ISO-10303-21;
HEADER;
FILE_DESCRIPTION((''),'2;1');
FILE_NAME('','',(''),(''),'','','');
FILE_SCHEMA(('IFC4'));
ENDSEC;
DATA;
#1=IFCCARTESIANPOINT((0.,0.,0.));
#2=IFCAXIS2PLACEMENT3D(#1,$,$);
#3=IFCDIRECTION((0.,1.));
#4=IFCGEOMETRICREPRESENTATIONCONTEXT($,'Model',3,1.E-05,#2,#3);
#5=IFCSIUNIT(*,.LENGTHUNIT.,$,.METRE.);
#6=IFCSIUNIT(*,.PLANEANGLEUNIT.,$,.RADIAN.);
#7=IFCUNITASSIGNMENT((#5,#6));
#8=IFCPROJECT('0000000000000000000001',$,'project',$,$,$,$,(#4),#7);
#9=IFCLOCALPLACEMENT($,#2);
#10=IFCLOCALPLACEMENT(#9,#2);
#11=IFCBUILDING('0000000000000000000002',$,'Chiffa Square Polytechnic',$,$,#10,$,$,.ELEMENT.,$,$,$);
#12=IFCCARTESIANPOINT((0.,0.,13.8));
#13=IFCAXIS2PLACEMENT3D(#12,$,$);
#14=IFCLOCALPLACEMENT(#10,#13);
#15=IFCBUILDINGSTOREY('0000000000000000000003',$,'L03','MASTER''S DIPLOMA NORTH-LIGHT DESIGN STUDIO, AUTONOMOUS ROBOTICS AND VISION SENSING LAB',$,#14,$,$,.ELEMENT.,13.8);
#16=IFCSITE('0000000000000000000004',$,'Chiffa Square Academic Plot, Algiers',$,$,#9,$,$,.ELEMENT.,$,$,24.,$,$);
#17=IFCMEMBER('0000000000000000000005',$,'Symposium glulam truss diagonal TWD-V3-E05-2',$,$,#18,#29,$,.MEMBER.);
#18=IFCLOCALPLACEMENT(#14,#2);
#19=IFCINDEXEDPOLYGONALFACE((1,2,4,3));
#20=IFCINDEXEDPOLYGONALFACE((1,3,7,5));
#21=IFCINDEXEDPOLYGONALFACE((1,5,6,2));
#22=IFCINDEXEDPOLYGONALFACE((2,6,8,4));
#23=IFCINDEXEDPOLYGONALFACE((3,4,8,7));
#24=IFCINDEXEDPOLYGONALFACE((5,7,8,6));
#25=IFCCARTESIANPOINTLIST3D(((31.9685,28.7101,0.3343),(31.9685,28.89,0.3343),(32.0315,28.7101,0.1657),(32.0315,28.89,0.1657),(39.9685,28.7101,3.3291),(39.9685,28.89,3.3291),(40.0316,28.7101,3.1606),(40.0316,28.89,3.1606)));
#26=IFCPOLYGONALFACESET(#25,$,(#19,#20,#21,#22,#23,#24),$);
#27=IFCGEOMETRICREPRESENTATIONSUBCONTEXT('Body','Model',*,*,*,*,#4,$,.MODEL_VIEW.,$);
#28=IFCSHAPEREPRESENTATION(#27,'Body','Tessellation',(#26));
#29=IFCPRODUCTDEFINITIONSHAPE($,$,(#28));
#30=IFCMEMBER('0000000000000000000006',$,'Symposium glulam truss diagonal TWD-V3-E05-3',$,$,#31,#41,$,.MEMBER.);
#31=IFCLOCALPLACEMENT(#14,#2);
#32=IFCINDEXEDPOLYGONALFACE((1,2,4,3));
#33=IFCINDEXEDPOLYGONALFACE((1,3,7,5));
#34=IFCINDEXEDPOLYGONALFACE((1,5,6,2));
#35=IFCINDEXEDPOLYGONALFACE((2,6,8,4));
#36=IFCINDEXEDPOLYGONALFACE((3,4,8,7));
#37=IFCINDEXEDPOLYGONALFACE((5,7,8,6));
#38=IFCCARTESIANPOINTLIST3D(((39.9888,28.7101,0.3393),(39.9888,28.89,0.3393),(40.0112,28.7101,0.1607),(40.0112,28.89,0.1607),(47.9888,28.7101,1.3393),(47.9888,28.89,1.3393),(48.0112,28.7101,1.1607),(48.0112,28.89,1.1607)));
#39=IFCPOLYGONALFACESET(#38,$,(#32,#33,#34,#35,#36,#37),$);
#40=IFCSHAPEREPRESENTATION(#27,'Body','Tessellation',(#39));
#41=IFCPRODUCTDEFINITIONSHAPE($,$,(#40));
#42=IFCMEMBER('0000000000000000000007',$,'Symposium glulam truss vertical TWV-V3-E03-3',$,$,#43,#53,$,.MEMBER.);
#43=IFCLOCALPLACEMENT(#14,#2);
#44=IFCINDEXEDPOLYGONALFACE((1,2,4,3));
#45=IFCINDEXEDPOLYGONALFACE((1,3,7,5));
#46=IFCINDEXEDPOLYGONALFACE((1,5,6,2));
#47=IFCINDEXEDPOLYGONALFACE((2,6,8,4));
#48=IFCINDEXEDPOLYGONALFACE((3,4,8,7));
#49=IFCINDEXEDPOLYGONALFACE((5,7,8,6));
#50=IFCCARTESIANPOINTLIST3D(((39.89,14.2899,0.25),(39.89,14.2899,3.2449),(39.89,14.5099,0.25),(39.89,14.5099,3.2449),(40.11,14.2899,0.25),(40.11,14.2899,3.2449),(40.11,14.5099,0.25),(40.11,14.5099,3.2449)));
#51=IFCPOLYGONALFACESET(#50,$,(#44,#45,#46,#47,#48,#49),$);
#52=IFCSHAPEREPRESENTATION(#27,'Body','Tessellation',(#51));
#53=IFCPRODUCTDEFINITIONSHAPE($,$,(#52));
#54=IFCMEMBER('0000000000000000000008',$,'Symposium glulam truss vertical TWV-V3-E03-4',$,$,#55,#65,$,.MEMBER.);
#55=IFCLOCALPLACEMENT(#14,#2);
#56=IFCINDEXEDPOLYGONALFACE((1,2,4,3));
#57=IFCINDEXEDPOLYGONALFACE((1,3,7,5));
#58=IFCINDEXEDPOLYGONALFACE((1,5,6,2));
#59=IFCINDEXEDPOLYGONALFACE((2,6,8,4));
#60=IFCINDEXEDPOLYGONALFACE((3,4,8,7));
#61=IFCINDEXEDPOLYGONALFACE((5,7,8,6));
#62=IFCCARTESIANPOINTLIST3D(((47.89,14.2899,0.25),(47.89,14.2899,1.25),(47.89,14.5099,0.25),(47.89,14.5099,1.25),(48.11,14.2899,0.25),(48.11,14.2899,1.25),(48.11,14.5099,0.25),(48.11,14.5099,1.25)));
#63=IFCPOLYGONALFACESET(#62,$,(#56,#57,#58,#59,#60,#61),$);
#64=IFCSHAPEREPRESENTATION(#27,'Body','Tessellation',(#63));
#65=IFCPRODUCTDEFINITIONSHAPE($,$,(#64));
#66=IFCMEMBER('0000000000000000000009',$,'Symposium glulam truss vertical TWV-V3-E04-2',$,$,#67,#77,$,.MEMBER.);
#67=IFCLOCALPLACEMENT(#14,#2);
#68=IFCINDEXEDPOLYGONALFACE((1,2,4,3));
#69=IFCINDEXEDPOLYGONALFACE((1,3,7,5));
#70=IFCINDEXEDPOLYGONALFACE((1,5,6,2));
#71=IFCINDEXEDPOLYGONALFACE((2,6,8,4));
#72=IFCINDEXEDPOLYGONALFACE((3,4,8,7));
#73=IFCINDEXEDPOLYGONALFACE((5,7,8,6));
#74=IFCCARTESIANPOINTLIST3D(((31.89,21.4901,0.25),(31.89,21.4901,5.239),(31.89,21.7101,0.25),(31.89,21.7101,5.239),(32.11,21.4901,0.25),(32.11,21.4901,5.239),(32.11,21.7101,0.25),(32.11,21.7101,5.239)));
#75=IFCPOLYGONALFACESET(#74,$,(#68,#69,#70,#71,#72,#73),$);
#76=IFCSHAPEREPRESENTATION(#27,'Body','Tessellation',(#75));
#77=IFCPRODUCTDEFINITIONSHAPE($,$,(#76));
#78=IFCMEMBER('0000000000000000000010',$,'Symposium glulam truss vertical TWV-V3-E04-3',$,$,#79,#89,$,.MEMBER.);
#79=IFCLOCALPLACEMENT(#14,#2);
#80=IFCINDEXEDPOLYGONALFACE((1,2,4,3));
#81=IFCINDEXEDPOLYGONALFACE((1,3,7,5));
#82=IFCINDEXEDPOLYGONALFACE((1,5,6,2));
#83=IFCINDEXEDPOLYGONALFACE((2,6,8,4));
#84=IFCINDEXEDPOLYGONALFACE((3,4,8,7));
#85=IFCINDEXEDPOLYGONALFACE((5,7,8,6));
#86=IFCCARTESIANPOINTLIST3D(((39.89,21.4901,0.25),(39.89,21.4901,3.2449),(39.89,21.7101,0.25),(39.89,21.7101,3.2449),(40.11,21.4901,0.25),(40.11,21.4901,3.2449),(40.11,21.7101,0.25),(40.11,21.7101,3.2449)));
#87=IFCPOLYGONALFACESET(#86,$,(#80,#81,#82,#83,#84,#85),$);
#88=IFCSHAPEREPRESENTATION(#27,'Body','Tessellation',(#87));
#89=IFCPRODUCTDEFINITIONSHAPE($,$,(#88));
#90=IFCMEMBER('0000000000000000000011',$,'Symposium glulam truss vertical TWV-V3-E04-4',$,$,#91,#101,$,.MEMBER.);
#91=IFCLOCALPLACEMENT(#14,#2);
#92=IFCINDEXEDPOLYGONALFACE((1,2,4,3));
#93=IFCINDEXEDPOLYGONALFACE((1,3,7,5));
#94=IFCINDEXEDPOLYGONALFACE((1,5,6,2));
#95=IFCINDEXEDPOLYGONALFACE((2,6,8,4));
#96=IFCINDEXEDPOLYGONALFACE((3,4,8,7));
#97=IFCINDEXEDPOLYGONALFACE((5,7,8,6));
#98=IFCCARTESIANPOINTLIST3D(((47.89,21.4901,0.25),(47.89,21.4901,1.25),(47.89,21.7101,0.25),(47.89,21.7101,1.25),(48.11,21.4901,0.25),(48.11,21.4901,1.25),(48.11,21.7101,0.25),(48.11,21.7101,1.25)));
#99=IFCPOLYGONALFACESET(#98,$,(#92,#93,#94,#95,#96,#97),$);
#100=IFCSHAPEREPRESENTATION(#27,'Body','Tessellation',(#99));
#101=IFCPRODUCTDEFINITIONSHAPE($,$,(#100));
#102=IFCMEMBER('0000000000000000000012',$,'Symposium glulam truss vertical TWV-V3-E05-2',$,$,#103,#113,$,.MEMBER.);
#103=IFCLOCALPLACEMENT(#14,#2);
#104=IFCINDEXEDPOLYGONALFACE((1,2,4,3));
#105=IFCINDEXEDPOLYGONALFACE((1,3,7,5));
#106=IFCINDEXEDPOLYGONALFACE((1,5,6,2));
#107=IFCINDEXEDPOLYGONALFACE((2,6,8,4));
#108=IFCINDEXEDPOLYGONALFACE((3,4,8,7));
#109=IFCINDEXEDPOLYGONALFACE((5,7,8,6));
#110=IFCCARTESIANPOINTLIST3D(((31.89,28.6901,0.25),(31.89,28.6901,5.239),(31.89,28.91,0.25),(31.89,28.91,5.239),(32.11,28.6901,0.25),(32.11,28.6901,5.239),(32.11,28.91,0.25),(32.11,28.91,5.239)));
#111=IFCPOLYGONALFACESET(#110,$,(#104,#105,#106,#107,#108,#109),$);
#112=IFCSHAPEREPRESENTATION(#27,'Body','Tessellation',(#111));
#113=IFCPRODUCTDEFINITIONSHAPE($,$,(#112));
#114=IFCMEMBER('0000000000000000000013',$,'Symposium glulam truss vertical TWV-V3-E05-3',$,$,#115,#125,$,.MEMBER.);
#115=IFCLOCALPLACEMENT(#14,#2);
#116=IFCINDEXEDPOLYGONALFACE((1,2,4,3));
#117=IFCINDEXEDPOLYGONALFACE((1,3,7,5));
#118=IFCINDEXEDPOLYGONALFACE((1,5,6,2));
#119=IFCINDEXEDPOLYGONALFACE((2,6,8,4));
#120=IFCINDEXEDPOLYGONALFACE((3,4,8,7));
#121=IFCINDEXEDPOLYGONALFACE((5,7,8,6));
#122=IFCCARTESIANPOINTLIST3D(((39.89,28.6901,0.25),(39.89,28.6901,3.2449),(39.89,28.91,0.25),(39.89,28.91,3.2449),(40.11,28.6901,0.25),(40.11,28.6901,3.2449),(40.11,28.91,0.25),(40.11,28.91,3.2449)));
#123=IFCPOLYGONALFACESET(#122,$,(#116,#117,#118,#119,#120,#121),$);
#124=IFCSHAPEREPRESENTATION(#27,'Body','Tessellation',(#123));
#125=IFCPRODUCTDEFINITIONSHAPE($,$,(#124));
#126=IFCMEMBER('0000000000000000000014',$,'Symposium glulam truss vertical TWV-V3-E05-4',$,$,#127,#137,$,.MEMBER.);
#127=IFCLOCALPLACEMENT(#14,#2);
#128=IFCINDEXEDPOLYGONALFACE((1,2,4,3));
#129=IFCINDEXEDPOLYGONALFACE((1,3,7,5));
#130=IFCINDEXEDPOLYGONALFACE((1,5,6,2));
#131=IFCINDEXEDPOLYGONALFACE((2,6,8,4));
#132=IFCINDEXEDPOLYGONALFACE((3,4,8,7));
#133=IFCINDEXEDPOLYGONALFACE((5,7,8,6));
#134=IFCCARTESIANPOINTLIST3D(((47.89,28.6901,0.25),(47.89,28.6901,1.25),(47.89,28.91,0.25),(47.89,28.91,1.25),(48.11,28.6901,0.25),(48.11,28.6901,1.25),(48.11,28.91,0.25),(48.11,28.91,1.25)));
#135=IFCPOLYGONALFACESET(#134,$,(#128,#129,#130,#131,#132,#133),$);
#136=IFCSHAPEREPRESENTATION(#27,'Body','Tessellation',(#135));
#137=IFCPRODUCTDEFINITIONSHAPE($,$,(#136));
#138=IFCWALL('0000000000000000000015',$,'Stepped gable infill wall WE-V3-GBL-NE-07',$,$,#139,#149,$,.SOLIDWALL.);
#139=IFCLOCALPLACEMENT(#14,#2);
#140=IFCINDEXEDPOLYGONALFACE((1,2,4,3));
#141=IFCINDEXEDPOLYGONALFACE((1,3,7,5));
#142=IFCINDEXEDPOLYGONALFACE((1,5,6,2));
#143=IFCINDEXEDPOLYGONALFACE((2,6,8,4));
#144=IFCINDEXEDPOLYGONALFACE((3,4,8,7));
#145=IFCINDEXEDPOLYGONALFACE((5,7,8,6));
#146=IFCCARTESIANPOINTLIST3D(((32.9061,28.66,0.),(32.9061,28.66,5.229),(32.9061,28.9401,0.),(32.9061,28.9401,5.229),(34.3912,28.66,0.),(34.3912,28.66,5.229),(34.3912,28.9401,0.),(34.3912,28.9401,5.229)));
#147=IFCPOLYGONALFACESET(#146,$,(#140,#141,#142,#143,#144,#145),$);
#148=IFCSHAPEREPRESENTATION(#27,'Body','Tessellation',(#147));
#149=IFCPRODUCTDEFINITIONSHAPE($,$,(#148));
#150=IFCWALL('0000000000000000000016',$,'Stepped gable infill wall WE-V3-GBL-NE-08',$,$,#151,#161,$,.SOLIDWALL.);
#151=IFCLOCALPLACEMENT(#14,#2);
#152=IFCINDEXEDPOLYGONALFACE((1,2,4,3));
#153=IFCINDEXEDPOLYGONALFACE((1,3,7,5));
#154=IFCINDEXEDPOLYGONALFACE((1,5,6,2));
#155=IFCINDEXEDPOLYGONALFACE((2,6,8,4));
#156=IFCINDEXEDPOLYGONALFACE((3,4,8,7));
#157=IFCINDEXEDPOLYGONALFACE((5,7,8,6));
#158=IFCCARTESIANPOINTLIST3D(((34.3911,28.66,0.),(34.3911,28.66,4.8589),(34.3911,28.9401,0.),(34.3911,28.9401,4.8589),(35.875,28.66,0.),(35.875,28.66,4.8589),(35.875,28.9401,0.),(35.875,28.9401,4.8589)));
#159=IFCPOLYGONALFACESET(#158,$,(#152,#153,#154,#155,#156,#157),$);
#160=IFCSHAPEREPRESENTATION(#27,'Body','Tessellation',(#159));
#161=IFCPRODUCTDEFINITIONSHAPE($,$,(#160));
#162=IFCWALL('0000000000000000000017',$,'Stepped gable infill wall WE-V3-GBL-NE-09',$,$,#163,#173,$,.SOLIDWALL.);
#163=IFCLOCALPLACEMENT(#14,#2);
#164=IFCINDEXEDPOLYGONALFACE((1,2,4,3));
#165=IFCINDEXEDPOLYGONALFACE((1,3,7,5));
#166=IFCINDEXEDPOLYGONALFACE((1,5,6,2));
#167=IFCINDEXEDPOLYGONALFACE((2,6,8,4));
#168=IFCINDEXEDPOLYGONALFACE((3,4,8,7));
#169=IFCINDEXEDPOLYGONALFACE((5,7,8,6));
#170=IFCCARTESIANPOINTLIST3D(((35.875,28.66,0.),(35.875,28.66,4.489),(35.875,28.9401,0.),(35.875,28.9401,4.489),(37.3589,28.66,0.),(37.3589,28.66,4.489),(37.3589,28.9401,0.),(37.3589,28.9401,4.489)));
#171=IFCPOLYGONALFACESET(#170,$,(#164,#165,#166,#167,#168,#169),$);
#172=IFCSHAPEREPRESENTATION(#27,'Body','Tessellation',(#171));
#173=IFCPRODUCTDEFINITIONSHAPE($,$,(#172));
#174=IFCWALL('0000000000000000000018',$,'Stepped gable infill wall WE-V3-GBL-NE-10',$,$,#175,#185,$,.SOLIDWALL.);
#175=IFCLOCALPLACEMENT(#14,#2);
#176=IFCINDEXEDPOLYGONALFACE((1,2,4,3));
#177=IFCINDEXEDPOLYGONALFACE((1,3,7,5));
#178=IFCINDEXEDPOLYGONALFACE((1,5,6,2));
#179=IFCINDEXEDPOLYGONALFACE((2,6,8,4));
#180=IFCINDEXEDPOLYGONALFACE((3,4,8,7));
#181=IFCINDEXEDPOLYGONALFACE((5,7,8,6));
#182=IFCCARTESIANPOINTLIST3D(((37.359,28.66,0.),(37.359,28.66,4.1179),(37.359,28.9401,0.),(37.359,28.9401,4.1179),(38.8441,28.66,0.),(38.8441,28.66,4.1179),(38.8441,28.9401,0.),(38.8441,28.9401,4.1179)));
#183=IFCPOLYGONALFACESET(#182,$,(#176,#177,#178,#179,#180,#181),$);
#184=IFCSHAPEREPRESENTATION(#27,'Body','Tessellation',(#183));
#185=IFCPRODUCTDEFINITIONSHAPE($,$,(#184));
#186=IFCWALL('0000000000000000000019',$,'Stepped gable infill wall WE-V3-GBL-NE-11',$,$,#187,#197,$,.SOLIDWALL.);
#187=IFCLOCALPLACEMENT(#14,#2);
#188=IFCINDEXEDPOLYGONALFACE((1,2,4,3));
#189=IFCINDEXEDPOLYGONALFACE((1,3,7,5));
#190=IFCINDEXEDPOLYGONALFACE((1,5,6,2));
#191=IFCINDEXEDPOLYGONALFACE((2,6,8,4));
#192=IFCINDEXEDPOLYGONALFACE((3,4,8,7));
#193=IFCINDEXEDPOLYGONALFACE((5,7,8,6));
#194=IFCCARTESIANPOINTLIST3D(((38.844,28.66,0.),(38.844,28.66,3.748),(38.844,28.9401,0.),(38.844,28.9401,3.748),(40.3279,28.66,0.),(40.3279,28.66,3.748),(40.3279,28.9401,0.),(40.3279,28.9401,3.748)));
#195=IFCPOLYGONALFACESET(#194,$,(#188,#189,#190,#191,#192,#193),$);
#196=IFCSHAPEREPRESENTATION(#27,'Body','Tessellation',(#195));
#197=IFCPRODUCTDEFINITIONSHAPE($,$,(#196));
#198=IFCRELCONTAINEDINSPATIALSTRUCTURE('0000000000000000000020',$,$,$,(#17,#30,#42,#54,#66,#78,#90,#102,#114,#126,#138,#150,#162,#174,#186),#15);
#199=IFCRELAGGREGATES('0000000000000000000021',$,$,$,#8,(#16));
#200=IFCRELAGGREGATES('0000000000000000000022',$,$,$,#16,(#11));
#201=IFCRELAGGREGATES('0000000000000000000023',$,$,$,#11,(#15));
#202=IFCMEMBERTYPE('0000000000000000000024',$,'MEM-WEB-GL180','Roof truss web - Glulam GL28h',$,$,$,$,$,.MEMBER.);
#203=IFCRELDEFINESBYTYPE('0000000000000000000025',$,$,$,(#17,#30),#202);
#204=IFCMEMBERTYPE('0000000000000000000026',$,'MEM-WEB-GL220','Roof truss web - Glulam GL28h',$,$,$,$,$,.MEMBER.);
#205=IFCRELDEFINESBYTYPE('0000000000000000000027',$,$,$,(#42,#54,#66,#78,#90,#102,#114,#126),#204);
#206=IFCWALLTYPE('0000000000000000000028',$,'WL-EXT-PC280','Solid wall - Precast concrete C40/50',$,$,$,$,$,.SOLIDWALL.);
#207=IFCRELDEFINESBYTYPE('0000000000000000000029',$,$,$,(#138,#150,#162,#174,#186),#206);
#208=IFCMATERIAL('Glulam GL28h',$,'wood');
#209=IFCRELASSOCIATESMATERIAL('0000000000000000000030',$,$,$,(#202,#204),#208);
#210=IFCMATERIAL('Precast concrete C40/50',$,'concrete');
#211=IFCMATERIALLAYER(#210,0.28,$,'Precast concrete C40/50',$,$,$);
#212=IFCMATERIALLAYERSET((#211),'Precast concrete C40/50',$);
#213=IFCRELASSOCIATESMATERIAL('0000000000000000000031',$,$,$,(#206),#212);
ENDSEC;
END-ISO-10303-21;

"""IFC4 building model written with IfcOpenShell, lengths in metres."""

from ifc_helpers import new_model, si_unit, direction, frame, frame_2d, origin, origin_2d, place, context, subcontext, project, spatial, rectangle, extrude, material, layer, layer_set, material_profile, profile_set, type_object, element, save


model = new_model("IFC4")

# Units and contexts
model_context = context("Model", 3, precision=1e-05, world=origin(), true_north=direction((0.0, 1.0)))
body_context = subcontext(model_context, "Body", "Model", "MODEL_VIEW")
ifc_project = project(units=[si_unit("LENGTHUNIT", "METRE"), si_unit("PLANEANGLEUNIT", "RADIAN")], contexts=[model_context])

# Site, building, storey
site_placement = place(None, origin())
site = spatial("IfcSite", under=ifc_project, at=site_placement, Name="Chiffa Square Academic Plot, Algiers", CompositionType="ELEMENT", RefElevation=24.0)
building_placement = place(site_placement, origin())
building = spatial("IfcBuilding", under=site, at=building_placement, Name="Chiffa Square Polytechnic", CompositionType="ELEMENT")
storey_placement = place(building_placement, frame((0.0, 0.0, 13.8)))
storey = spatial("IfcBuildingStorey", under=building, at=storey_placement, Name="L03", Description="MASTER'S DIPLOMA NORTH-LIGHT DESIGN STUDIO, AUTONOMOUS ROBOTICS AND VISION SENSING LAB", CompositionType="ELEMENT", Elevation=13.8)

# Members
ifc_material_1 = material(Name="Glulam GL28h", Category="wood")
ifc_material_profile_1 = material_profile(ifc_material_1, rectangle(XDim=0.1799, YDim=0.1799, at=origin_2d()), Name="GL28h 180x180")
ifc_profile_set_1 = profile_set([ifc_material_profile_1], Name="Glulam GL28h")
member_type_1 = type_object("IfcMemberType", Name="MEM-WEB-GL180", Description="Roof truss web - Glulam GL28h", PredefinedType="MEMBER", material=ifc_profile_set_1)
member_1_placement = place(storey_placement, frame((32.0, 28.8, 0.25), z_axis=(0.936526, 0.0, 0.350597), x_axis=(0.0, 1.0, 0.0)))
element("IfcMember", 1, at=member_1_placement, inside=storey, type_object=member_type_1, Name="Symposium glulam truss diagonal TWD-V3-E05-2", PredefinedType="MEMBER", context=body_context, shape_type="SweptSolid", body=[
    extrude(rectangle(XDim=0.1799, YDim=0.1799, at=origin_2d()), origin(), (0.0, 0.0, 1.0), 8.5422),
])
member_2_placement = place(storey_placement, frame((40.0, 28.8, 0.25), z_axis=(0.992278, 0.0, 0.124035), x_axis=(0.0, 1.0, 0.0)))
element("IfcMember", 2, at=member_2_placement, inside=storey, type_object=member_type_1, Name="Symposium glulam truss diagonal TWD-V3-E05-3", PredefinedType="MEMBER", context=body_context, shape_type="SweptSolid", body=[
    extrude(rectangle(XDim=0.1799, YDim=0.1799, at=origin_2d()), origin(), (0.0, 0.0, 1.0), 8.0623),
])
ifc_material_profile_2 = material_profile(ifc_material_1, rectangle(XDim=0.22, YDim=0.22, at=origin_2d()), Name="GL28h 220x220")
ifc_profile_set_2 = profile_set([ifc_material_profile_2], Name="Glulam GL28h")
member_type_2 = type_object("IfcMemberType", Name="MEM-WEB-GL220", Description="Roof truss web - Glulam GL28h", PredefinedType="MEMBER", material=ifc_profile_set_2)
member_3_placement = place(storey_placement, frame((40.0, 14.3999, 0.25), z_axis=(0.0, 0.0, 1.0), x_axis=(1.0, 0.0, 0.0)))
element("IfcMember", 3, at=member_3_placement, inside=storey, type_object=member_type_2, Name="Symposium glulam truss vertical TWV-V3-E03-3", PredefinedType="MEMBER", context=body_context, shape_type="SweptSolid", body=[
    extrude(rectangle(XDim=0.22, YDim=0.22, at=origin_2d()), origin(), (0.0, 0.0, 1.0), 2.9949),
])
member_4_placement = place(storey_placement, frame((48.0, 14.3999, 0.25), z_axis=(0.0, 0.0, 1.0), x_axis=(1.0, 0.0, 0.0)))
element("IfcMember", 4, at=member_4_placement, inside=storey, type_object=member_type_2, Name="Symposium glulam truss vertical TWV-V3-E03-4", PredefinedType="MEMBER", context=body_context, shape_type="SweptSolid", body=[
    extrude(rectangle(XDim=0.22, YDim=0.22, at=origin_2d()), origin(), (0.0, 0.0, 1.0), 1.0),
])
member_5_placement = place(storey_placement, frame((32.0, 21.6001, 0.25), z_axis=(0.0, 0.0, 1.0), x_axis=(1.0, 0.0, 0.0)))
element("IfcMember", 5, at=member_5_placement, inside=storey, type_object=member_type_2, Name="Symposium glulam truss vertical TWV-V3-E04-2", PredefinedType="MEMBER", context=body_context, shape_type="SweptSolid", body=[
    extrude(rectangle(XDim=0.22, YDim=0.22, at=origin_2d()), origin(), (0.0, 0.0, 1.0), 4.989),
])
member_6_placement = place(storey_placement, frame((40.0, 21.6001, 0.25), z_axis=(0.0, 0.0, 1.0), x_axis=(1.0, 0.0, 0.0)))
element("IfcMember", 6, at=member_6_placement, inside=storey, type_object=member_type_2, Name="Symposium glulam truss vertical TWV-V3-E04-3", PredefinedType="MEMBER", context=body_context, shape_type="SweptSolid", body=[
    extrude(rectangle(XDim=0.22, YDim=0.22, at=origin_2d()), origin(), (0.0, 0.0, 1.0), 2.9949),
])
member_7_placement = place(storey_placement, frame((48.0, 21.6001, 0.25), z_axis=(0.0, 0.0, 1.0), x_axis=(1.0, 0.0, 0.0)))
element("IfcMember", 7, at=member_7_placement, inside=storey, type_object=member_type_2, Name="Symposium glulam truss vertical TWV-V3-E04-4", PredefinedType="MEMBER", context=body_context, shape_type="SweptSolid", body=[
    extrude(rectangle(XDim=0.22, YDim=0.22, at=origin_2d()), origin(), (0.0, 0.0, 1.0), 1.0),
])
member_8_placement = place(storey_placement, frame((32.0, 28.8, 0.25), z_axis=(0.0, 0.0, 1.0), x_axis=(1.0, 0.0, 0.0)))
element("IfcMember", 8, at=member_8_placement, inside=storey, type_object=member_type_2, Name="Symposium glulam truss vertical TWV-V3-E05-2", PredefinedType="MEMBER", context=body_context, shape_type="SweptSolid", body=[
    extrude(rectangle(XDim=0.22, YDim=0.22, at=origin_2d()), origin(), (0.0, 0.0, 1.0), 4.989),
])
member_9_placement = place(storey_placement, frame((40.0, 28.8, 0.25), z_axis=(0.0, 0.0, 1.0), x_axis=(1.0, 0.0, 0.0)))
element("IfcMember", 9, at=member_9_placement, inside=storey, type_object=member_type_2, Name="Symposium glulam truss vertical TWV-V3-E05-3", PredefinedType="MEMBER", context=body_context, shape_type="SweptSolid", body=[
    extrude(rectangle(XDim=0.22, YDim=0.22, at=origin_2d()), origin(), (0.0, 0.0, 1.0), 2.9949),
])
member_10_placement = place(storey_placement, frame((48.0, 28.8, 0.25), z_axis=(0.0, 0.0, 1.0), x_axis=(1.0, 0.0, 0.0)))
element("IfcMember", 10, at=member_10_placement, inside=storey, type_object=member_type_2, Name="Symposium glulam truss vertical TWV-V3-E05-4", PredefinedType="MEMBER", context=body_context, shape_type="SweptSolid", body=[
    extrude(rectangle(XDim=0.22, YDim=0.22, at=origin_2d()), origin(), (0.0, 0.0, 1.0), 1.0),
])

# Walls
ifc_material_2 = material(Name="Precast concrete C40/50", Category="concrete")
ifc_layer = layer(ifc_material_2, 0.28, Name="Precast concrete C40/50")
ifc_layer_set = layer_set([ifc_layer], Name="Precast concrete C40/50")
wall_type = type_object("IfcWallType", Name="WL-EXT-PC280", Description="Solid wall - Precast concrete C40/50", PredefinedType="SOLIDWALL", material=ifc_layer_set)
wall_1_placement = place(storey_placement, frame((32.906, 28.8, 0.0), z_axis=(0.0, 0.0, 1.0), x_axis=(1.0, 0.0, 0.0)))
element("IfcWall", 11, at=wall_1_placement, inside=storey, type_object=wall_type, Name="Stepped gable infill wall WE-V3-GBL-NE-07", PredefinedType="SOLIDWALL", context=body_context, shape_type="SweptSolid", body=[
    extrude(rectangle(XDim=1.4851, YDim=0.28, at=frame_2d((0.7427, 0.0))), origin(), (0.0, 0.0, 1.0), 5.229),
])
wall_2_placement = place(storey_placement, frame((34.3911, 28.8, 0.0), z_axis=(0.0, 0.0, 1.0), x_axis=(1.0, 0.0, 0.0)))
element("IfcWall", 12, at=wall_2_placement, inside=storey, type_object=wall_type, Name="Stepped gable infill wall WE-V3-GBL-NE-08", PredefinedType="SOLIDWALL", context=body_context, shape_type="SweptSolid", body=[
    extrude(rectangle(XDim=1.4839, YDim=0.28, at=frame_2d((0.7419, 0.0))), origin(), (0.0, 0.0, 1.0), 4.8589),
])
wall_3_placement = place(storey_placement, frame((35.875, 28.8, 0.0), z_axis=(0.0, 0.0, 1.0), x_axis=(1.0, 0.0, 0.0)))
element("IfcWall", 13, at=wall_3_placement, inside=storey, type_object=wall_type, Name="Stepped gable infill wall WE-V3-GBL-NE-09", PredefinedType="SOLIDWALL", context=body_context, shape_type="SweptSolid", body=[
    extrude(rectangle(XDim=1.4839, YDim=0.28, at=frame_2d((0.7419, 0.0))), origin(), (0.0, 0.0, 1.0), 4.489),
])
wall_4_placement = place(storey_placement, frame((37.3589, 28.8, 0.0), z_axis=(0.0, 0.0, 1.0), x_axis=(1.0, 0.0, 0.0)))
element("IfcWall", 14, at=wall_4_placement, inside=storey, type_object=wall_type, Name="Stepped gable infill wall WE-V3-GBL-NE-10", PredefinedType="SOLIDWALL", context=body_context, shape_type="SweptSolid", body=[
    extrude(rectangle(XDim=1.4851, YDim=0.28, at=frame_2d((0.7427, 0.0))), origin(), (0.0, 0.0, 1.0), 4.1179),
])
wall_5_placement = place(storey_placement, frame((38.844, 28.8, 0.0), z_axis=(0.0, 0.0, 1.0), x_axis=(1.0, 0.0, 0.0)))
element("IfcWall", 15, at=wall_5_placement, inside=storey, type_object=wall_type, Name="Stepped gable infill wall WE-V3-GBL-NE-11", PredefinedType="SOLIDWALL", context=body_context, shape_type="SweptSolid", body=[
    extrude(rectangle(XDim=1.4839, YDim=0.28, at=frame_2d((0.7419, 0.0))), origin(), (0.0, 0.0, 1.0), 3.748),
])

save(model, "model.ifc")
